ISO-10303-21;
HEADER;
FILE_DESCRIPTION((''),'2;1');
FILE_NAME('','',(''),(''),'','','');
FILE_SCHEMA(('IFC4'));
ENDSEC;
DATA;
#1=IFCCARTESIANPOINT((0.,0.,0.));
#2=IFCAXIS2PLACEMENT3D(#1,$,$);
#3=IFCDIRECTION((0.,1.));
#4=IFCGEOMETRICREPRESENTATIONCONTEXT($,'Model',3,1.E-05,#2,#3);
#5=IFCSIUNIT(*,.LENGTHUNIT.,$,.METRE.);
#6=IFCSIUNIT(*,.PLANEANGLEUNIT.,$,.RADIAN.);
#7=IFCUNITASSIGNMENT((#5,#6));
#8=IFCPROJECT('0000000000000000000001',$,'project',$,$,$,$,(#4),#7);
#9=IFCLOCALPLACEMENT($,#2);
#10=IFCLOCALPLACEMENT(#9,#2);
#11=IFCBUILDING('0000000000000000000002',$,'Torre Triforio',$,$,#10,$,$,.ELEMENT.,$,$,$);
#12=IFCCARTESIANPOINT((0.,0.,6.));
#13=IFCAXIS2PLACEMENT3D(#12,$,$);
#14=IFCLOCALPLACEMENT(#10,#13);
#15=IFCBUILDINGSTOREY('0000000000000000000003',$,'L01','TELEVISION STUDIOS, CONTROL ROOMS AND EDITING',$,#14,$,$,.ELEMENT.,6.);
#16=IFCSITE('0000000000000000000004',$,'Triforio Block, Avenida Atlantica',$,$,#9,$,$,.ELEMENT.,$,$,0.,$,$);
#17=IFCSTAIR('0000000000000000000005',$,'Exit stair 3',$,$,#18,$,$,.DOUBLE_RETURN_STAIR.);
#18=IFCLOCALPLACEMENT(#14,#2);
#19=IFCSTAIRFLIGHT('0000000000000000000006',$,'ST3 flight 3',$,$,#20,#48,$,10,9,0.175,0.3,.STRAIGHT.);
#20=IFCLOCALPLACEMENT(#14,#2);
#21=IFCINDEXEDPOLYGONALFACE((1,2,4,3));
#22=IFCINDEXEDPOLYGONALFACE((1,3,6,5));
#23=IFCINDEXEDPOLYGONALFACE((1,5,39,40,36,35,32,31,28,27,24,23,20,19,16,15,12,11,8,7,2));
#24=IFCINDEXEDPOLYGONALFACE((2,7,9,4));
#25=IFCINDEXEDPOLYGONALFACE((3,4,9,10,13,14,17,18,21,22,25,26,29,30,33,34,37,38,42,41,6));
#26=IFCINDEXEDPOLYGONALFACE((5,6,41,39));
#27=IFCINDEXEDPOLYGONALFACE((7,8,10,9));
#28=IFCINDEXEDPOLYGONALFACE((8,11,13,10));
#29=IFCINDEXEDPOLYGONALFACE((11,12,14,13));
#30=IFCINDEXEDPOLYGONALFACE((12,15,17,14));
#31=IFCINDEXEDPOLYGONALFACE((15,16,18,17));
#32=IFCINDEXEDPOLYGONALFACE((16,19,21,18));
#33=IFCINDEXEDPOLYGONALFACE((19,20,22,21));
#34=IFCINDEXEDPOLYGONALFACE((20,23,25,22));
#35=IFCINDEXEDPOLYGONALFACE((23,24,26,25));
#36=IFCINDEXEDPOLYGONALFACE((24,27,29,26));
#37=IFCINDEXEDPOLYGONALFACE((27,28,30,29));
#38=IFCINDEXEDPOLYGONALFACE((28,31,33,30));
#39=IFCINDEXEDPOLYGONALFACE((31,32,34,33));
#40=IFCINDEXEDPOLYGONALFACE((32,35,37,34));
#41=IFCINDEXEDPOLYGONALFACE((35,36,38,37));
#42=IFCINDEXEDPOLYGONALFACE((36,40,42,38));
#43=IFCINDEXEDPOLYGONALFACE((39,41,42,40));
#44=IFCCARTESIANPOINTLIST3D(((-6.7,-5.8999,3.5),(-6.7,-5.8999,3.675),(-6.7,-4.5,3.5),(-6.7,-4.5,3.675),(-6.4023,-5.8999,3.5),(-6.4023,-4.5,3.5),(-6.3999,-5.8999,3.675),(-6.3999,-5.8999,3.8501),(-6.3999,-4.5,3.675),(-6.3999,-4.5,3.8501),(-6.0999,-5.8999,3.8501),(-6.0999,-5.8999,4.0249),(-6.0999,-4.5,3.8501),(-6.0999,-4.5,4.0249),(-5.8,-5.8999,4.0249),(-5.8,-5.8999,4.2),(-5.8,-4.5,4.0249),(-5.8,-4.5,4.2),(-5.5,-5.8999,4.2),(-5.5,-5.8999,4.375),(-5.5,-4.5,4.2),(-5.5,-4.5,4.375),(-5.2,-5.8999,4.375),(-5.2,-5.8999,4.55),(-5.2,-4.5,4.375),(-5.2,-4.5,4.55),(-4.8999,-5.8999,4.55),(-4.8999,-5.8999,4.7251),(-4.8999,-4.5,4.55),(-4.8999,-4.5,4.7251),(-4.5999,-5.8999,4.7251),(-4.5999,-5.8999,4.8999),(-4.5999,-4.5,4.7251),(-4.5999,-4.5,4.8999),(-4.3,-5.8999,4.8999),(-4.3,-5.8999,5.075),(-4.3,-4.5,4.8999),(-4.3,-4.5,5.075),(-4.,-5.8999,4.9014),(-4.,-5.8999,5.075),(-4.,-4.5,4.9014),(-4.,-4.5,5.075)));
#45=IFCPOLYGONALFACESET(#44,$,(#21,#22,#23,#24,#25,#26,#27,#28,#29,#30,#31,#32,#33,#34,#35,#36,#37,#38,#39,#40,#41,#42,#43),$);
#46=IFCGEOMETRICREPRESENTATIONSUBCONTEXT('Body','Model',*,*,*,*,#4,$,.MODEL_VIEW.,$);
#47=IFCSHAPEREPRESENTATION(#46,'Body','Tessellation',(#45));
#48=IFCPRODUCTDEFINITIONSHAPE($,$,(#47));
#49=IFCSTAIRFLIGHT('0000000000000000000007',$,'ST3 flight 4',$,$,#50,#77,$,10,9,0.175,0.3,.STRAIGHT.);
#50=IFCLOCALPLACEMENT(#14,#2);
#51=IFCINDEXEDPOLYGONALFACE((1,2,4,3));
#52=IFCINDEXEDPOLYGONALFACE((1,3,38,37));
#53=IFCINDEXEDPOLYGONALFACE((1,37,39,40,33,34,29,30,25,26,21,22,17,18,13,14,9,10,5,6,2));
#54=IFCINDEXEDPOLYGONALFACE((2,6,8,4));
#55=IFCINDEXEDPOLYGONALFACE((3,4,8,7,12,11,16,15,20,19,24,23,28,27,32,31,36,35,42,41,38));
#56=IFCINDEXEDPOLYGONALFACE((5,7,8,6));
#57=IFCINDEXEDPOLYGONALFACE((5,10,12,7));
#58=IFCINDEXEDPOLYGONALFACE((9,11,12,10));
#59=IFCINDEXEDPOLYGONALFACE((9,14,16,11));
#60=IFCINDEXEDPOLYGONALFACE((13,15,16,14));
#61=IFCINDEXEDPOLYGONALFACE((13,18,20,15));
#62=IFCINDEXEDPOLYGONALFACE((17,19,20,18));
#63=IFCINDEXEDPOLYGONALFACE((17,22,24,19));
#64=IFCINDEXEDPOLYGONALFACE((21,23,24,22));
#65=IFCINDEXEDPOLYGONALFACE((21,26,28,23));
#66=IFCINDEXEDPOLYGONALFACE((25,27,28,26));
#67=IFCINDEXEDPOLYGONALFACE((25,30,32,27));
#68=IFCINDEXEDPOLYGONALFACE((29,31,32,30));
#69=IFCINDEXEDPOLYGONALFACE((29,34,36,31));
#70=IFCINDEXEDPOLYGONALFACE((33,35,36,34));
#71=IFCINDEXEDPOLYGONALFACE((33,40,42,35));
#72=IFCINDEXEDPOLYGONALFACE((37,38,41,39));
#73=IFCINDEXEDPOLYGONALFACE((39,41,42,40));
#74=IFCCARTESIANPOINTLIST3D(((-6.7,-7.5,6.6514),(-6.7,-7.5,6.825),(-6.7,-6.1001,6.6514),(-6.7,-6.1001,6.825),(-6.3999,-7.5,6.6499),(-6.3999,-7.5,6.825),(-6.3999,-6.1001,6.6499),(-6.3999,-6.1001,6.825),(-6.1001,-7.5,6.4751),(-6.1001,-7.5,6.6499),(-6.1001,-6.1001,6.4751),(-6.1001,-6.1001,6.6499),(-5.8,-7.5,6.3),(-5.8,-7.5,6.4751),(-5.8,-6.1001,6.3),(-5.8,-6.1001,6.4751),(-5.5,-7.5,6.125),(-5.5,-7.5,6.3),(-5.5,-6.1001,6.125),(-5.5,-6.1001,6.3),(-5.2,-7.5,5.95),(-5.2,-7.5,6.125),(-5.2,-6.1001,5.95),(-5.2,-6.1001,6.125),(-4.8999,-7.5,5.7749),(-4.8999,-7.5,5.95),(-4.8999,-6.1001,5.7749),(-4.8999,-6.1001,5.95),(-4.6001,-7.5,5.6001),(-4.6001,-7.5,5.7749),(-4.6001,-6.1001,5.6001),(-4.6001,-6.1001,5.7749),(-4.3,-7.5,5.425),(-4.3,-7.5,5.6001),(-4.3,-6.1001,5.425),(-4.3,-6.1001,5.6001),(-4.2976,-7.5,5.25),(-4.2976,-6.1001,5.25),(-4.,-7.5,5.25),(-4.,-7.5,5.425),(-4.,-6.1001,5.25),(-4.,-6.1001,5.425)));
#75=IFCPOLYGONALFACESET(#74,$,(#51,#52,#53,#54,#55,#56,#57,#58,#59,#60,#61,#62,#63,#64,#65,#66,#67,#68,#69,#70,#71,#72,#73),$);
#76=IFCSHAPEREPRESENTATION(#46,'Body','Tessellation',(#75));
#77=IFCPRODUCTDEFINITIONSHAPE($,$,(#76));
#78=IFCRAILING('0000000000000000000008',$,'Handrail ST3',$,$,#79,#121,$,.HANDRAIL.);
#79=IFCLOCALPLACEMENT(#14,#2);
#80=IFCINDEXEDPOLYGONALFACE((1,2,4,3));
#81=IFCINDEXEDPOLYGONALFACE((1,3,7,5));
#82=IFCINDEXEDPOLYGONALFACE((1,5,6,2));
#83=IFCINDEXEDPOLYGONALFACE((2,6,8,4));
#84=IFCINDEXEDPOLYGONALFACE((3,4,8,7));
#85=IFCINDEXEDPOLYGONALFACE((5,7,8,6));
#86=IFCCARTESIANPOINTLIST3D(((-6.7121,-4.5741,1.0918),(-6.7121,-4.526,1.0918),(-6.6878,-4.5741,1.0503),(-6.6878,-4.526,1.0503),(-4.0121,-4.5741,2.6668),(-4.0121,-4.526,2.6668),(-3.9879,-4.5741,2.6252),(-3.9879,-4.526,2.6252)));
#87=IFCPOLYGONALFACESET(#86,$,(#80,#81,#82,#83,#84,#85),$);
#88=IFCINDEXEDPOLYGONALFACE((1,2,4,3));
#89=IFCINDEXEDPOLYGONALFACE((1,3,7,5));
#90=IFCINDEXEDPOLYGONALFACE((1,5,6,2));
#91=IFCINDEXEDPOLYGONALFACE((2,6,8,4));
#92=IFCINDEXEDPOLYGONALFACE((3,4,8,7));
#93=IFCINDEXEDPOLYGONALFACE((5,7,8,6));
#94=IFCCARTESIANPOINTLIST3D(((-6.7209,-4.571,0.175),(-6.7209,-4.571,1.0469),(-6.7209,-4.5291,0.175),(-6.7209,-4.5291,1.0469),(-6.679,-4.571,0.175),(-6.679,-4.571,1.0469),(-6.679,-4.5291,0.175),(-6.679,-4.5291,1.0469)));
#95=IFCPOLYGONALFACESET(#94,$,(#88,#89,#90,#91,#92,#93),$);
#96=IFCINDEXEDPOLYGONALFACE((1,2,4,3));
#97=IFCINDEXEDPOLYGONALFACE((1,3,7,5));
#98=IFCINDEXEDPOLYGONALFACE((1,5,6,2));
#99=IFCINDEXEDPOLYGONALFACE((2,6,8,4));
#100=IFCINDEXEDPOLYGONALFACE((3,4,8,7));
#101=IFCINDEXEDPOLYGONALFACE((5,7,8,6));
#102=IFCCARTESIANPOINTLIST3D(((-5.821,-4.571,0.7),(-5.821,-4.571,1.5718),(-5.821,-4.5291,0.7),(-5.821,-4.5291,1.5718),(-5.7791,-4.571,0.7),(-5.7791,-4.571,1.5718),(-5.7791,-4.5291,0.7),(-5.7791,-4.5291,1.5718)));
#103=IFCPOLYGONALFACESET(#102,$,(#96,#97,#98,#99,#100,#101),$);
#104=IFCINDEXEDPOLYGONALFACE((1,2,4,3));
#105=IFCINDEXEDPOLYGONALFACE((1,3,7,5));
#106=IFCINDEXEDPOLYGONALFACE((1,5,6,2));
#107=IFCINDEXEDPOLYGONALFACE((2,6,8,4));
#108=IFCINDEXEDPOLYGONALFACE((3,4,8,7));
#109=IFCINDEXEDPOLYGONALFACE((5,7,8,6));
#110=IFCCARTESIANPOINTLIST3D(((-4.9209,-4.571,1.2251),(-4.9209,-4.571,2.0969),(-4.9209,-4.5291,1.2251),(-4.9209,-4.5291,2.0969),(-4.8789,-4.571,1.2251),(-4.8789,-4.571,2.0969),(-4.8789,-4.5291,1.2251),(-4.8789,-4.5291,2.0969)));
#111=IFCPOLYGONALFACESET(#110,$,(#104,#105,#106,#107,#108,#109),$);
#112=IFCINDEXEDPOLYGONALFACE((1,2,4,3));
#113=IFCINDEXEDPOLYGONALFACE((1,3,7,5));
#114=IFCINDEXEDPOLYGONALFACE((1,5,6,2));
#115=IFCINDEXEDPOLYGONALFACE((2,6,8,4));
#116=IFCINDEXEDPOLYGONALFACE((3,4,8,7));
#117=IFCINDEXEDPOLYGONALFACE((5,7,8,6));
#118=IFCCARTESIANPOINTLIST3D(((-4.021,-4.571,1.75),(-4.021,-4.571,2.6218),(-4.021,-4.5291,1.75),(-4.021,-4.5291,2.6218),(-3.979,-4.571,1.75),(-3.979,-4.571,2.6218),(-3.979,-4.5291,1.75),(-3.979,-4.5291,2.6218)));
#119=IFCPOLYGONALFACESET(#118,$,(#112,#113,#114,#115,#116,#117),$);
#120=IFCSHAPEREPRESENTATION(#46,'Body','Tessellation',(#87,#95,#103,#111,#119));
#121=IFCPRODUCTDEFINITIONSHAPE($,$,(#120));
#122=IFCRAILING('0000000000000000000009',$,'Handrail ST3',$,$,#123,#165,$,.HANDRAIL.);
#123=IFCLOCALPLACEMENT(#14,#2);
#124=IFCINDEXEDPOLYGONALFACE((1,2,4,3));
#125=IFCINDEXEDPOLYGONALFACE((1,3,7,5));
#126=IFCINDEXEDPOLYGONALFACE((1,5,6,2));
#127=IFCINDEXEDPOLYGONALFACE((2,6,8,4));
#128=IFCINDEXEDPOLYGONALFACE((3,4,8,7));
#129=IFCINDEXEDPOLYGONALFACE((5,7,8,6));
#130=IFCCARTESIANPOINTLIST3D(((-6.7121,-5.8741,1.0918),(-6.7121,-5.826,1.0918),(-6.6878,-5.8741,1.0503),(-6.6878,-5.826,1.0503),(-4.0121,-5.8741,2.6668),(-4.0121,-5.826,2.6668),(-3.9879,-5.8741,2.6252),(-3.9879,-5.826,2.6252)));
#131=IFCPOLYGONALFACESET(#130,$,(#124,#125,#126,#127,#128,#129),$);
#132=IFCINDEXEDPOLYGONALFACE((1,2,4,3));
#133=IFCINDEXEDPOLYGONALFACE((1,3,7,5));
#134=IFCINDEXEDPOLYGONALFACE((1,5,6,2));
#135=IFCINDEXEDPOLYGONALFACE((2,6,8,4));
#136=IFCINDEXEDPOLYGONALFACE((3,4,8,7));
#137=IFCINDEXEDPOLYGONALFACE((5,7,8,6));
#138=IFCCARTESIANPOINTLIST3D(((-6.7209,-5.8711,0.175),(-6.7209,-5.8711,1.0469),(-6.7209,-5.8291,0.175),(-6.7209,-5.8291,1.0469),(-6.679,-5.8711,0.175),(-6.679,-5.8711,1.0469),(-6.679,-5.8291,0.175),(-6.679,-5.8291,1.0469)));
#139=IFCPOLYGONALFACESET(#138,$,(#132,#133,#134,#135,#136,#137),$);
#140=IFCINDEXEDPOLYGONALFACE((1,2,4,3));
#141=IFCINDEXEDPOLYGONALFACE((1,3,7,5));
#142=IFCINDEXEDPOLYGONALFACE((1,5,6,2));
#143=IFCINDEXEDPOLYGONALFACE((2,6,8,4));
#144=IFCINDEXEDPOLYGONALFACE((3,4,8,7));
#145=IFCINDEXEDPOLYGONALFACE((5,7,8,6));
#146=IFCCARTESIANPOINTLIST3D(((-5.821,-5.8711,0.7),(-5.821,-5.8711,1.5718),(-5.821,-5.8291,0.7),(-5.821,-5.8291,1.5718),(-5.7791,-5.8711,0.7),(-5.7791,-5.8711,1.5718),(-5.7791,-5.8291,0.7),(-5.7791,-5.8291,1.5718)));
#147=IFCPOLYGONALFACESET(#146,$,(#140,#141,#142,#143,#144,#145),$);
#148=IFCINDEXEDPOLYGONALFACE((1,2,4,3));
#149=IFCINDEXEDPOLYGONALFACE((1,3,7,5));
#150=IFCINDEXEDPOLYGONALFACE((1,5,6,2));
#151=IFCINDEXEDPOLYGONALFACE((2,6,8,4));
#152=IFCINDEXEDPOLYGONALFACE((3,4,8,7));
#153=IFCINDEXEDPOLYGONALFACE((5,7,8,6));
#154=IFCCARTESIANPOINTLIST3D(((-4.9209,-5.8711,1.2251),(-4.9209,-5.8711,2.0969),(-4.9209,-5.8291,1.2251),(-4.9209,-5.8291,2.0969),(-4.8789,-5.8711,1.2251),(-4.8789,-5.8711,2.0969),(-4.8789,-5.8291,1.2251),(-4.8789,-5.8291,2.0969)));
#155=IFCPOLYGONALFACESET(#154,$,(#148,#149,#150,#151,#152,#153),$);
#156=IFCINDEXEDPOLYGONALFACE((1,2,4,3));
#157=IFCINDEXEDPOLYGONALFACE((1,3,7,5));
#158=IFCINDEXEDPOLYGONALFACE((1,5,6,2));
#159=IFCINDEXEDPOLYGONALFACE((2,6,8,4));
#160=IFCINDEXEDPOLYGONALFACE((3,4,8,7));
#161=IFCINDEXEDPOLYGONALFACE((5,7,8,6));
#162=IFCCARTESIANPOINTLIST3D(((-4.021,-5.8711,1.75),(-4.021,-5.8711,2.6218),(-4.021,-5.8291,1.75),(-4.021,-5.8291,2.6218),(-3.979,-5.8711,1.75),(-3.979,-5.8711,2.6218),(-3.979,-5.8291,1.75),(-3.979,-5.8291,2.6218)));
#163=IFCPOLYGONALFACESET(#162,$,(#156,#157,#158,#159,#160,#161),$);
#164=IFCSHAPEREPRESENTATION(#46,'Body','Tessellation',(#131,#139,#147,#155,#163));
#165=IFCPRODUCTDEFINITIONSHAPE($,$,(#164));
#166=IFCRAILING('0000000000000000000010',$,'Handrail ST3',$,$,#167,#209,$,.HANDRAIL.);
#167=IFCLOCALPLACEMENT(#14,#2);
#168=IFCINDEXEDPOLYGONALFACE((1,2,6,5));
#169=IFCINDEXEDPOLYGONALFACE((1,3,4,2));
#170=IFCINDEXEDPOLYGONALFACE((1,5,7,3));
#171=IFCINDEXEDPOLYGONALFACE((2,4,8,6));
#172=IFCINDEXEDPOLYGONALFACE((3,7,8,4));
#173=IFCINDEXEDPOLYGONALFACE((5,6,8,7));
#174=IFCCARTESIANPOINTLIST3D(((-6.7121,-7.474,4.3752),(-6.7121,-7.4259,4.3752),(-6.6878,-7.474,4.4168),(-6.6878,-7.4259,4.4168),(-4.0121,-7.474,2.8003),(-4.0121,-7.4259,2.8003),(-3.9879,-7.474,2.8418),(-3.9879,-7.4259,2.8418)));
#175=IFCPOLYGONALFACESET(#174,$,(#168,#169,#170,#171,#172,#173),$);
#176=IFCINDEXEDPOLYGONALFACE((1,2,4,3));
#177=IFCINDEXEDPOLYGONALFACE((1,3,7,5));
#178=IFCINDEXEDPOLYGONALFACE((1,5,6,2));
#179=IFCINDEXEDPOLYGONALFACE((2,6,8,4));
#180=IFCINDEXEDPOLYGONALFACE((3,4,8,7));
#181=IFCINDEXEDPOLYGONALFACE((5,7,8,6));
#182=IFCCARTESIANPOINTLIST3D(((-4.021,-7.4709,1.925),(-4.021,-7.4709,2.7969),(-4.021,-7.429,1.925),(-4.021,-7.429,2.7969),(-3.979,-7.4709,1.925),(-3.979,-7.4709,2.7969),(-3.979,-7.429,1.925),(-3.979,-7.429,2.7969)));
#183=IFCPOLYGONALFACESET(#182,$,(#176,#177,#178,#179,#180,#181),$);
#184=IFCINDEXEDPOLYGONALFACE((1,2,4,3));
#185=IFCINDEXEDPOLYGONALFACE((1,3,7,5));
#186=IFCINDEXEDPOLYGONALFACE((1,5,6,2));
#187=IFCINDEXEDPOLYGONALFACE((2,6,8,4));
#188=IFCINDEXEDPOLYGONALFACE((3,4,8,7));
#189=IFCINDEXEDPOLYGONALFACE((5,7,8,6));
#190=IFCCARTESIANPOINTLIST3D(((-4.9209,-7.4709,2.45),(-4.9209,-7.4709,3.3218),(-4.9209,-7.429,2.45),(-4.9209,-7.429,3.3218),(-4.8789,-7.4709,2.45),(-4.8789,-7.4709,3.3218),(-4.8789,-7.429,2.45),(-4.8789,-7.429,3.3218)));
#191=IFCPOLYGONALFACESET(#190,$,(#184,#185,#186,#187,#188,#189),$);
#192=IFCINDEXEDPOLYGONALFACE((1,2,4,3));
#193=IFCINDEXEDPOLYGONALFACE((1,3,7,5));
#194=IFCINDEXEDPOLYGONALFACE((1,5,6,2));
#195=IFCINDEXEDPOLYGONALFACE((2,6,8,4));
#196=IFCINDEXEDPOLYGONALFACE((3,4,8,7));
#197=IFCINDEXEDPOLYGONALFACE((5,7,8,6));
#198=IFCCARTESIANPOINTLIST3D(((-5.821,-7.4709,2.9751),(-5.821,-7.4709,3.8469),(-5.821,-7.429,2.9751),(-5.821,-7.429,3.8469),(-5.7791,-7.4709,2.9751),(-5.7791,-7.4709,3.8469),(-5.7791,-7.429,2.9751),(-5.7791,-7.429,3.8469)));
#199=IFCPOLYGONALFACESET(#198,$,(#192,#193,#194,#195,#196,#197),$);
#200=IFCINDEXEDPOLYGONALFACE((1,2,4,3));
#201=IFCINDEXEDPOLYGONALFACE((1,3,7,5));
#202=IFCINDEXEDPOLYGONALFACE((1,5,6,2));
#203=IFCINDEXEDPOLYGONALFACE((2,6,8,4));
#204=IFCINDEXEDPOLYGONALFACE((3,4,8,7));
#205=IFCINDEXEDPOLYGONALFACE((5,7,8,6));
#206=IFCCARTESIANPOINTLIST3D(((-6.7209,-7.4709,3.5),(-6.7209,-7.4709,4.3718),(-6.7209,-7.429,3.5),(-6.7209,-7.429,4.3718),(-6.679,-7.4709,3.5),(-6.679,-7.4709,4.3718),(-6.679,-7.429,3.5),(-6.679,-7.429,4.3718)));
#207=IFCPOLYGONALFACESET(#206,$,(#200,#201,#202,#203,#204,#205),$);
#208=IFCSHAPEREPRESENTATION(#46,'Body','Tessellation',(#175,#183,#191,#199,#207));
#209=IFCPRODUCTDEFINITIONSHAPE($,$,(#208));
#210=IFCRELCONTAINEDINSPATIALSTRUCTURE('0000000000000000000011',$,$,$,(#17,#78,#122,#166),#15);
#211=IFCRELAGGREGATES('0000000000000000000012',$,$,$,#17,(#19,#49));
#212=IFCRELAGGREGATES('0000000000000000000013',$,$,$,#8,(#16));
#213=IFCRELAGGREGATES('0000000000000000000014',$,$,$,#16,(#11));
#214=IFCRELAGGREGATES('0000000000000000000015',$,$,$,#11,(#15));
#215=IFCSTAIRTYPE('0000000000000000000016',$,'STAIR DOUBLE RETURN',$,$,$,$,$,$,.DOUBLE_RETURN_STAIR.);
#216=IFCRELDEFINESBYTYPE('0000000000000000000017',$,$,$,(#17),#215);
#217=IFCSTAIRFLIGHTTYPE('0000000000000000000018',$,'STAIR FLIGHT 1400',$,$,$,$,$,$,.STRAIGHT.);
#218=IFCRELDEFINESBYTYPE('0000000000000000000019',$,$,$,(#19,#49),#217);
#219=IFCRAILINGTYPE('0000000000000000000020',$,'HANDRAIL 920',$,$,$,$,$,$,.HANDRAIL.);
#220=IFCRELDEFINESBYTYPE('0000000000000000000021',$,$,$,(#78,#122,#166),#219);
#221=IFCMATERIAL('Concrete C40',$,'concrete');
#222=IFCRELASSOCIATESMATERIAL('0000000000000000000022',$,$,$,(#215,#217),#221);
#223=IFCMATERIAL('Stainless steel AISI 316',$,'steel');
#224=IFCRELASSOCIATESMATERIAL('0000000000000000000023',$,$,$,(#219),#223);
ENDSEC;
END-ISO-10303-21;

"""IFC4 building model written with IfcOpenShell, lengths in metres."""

from ifc_helpers import new_model, si_unit, direction, frame, origin, origin_2d, place, context, subcontext, project, spatial, polyline, rectangle, outline, extrude, material, type_object, element, aggregate, save


model = new_model("IFC4")

# Units and contexts
model_context = context("Model", 3, precision=1e-05, world=origin(), true_north=direction((0.0, 1.0)))
body_context = subcontext(model_context, "Body", "Model", "MODEL_VIEW")
ifc_project = project(units=[si_unit("LENGTHUNIT", "METRE"), si_unit("PLANEANGLEUNIT", "RADIAN")], contexts=[model_context])

# Site, building, storey
site_placement = place(None, origin())
site = spatial("IfcSite", under=ifc_project, at=site_placement, Name="Triforio Block, Avenida Atlantica", CompositionType="ELEMENT", RefElevation=0.0)
building_placement = place(site_placement, origin())
building = spatial("IfcBuilding", under=site, at=building_placement, Name="Torre Triforio", CompositionType="ELEMENT")
storey_placement = place(building_placement, frame((0.0, 0.0, 6.0)))
storey = spatial("IfcBuildingStorey", under=building, at=storey_placement, Name="L01", Description="TELEVISION STUDIOS, CONTROL ROOMS AND EDITING", CompositionType="ELEMENT", Elevation=6.0)

# Stair, stair flights
ifc_material_1 = material(Name="Concrete C40", Category="concrete")
stair_type = type_object("IfcStairType", Name="STAIR DOUBLE RETURN", PredefinedType="DOUBLE_RETURN_STAIR", material=ifc_material_1)
stair_placement = place(storey_placement, origin())
stair = element("IfcStair", 1, at=stair_placement, inside=storey, type_object=stair_type, Name="Exit stair 3", PredefinedType="DOUBLE_RETURN_STAIR")
stair_flight_type = type_object("IfcStairFlightType", Name="STAIR FLIGHT 1400", PredefinedType="STRAIGHT", material=ifc_material_1)
stair_flight_1_placement = place(storey_placement, frame((-6.7, -5.2, 3.5), z_axis=(0.0, 0.0, 1.0), x_axis=(1.0, 0.0, 0.0)))
stair_flight_1 = element("IfcStairFlight", 2, at=stair_flight_1_placement, type_object=stair_flight_type, Name="ST3 flight 3", NumberOfRisers=10, NumberOfTreads=9, PredefinedType="STRAIGHT", RiserHeight=0.175, TreadLength=0.3, context=body_context, shape_type="SweptSolid", body=[
    extrude(outline(polyline([(0.0, 0.0), (0.0, 0.175), (0.3, 0.175), (0.3, 0.3501), (0.6001, 0.3501), (0.6001, 0.5249), (0.8999, 0.5249), (0.8999, 0.7), (1.2, 0.7), (1.2, 0.875), (1.5, 0.875), (1.5, 1.05), (1.8, 1.05), (1.8, 1.2251), (2.1001, 1.2251), (2.1001, 1.3999), (2.3999, 1.3999), (2.3999, 1.575), (2.7, 1.575), (2.7, 1.75), (2.7, 1.4014), (0.2976, 0.0), (0.0, 0.0)])), frame((0.0, 0.7, 0.0), z_axis=(0.0, -1.0, 0.0), x_axis=(1.0, 0.0, 0.0)), (0.0, 0.0, 1.0), 1.3999),
])
stair_flight_2_placement = place(storey_placement, frame((-4.0, -6.8, 5.25), z_axis=(0.0, 0.0, 1.0), x_axis=(-1.0, 0.0, 0.0)))
stair_flight_2 = element("IfcStairFlight", 3, at=stair_flight_2_placement, type_object=stair_flight_type, Name="ST3 flight 4", NumberOfRisers=10, NumberOfTreads=9, PredefinedType="STRAIGHT", RiserHeight=0.175, TreadLength=0.3, context=body_context, shape_type="SweptSolid", body=[
    extrude(outline(polyline([(0.0, 0.0), (0.0, 0.175), (0.3, 0.175), (0.3, 0.3501), (0.6001, 0.3501), (0.6001, 0.5249), (0.8999, 0.5249), (0.8999, 0.7), (1.2, 0.7), (1.2, 0.875), (1.5, 0.875), (1.5, 1.05), (1.8, 1.05), (1.8, 1.2251), (2.1001, 1.2251), (2.1001, 1.3999), (2.3999, 1.3999), (2.3999, 1.575), (2.7, 1.575), (2.7, 1.75), (2.7, 1.4014), (0.2976, 0.0), (0.0, 0.0)])), frame((0.0, 0.7, 0.0), z_axis=(0.0, -1.0, 0.0), x_axis=(1.0, 0.0, 0.0)), (0.0, 0.0, 1.0), 1.3999),
])
aggregate(stair, [stair_flight_1, stair_flight_2])

# Railings
ifc_material_2 = material(Name="Stainless steel AISI 316", Category="steel")
railing_type = type_object("IfcRailingType", Name="HANDRAIL 920", PredefinedType="HANDRAIL", material=ifc_material_2)
for number, where, name in (
    (4, (-6.7, -4.55, 0.175), "Handrail ST3"),
    (5, (-6.7, -5.8501, 0.175), "Handrail ST3"),
):
    element("IfcRailing", number, at=place(storey_placement, frame(where)), inside=storey, type_object=railing_type, Name=name, PredefinedType="HANDRAIL", context=body_context, shape_type="SweptSolid", body=[
        extrude(rectangle(XDim=0.0481, YDim=0.0481, at=origin_2d()), frame((0.0, 0.0, 0.896), z_axis=(0.863782, 0.0, 0.503866), x_axis=(0.0, 1.0, 0.0)), (0.0, 0.0, 1.0), 3.1257),
        extrude(rectangle(XDim=0.042, YDim=0.042, at=origin_2d()), origin(), (0.0, 0.0, 1.0), 0.8718),
        extrude(rectangle(XDim=0.042, YDim=0.042, at=origin_2d()), frame((0.8999, 0.0, 0.5249)), (0.0, 0.0, 1.0), 0.8718),
        extrude(rectangle(XDim=0.042, YDim=0.042, at=origin_2d()), frame((1.8, 0.0, 1.05)), (0.0, 0.0, 1.0), 0.8718),
        extrude(rectangle(XDim=0.042, YDim=0.042, at=origin_2d()), frame((2.7, 0.0, 1.575)), (0.0, 0.0, 1.0), 0.8718),
    ])
for number, where, name in (
    (6, (-4.0, -7.45, 1.925), "Handrail ST3"),
):
    element("IfcRailing", number, at=place(storey_placement, frame(where)), inside=storey, type_object=railing_type, Name=name, PredefinedType="HANDRAIL", context=body_context, shape_type="SweptSolid", body=[
        extrude(rectangle(XDim=0.0481, YDim=0.0481, at=origin_2d()), frame((0.0, 0.0, 0.896), z_axis=(-0.863782, 0.0, 0.503866), x_axis=(0.0, -1.0, 0.0)), (0.0, 0.0, 1.0), 3.1257),
        extrude(rectangle(XDim=0.042, YDim=0.042, at=origin_2d()), origin(), (0.0, 0.0, 1.0), 0.8718),
        extrude(rectangle(XDim=0.042, YDim=0.042, at=origin_2d()), frame((-0.8999, 0.0, 0.5249)), (0.0, 0.0, 1.0), 0.8718),
        extrude(rectangle(XDim=0.042, YDim=0.042, at=origin_2d()), frame((-1.8, 0.0, 1.05)), (0.0, 0.0, 1.0), 0.8718),
        extrude(rectangle(XDim=0.042, YDim=0.042, at=origin_2d()), frame((-2.7, 0.0, 1.575)), (0.0, 0.0, 1.0), 0.8718),
    ])

save(model, "model.ifc")
